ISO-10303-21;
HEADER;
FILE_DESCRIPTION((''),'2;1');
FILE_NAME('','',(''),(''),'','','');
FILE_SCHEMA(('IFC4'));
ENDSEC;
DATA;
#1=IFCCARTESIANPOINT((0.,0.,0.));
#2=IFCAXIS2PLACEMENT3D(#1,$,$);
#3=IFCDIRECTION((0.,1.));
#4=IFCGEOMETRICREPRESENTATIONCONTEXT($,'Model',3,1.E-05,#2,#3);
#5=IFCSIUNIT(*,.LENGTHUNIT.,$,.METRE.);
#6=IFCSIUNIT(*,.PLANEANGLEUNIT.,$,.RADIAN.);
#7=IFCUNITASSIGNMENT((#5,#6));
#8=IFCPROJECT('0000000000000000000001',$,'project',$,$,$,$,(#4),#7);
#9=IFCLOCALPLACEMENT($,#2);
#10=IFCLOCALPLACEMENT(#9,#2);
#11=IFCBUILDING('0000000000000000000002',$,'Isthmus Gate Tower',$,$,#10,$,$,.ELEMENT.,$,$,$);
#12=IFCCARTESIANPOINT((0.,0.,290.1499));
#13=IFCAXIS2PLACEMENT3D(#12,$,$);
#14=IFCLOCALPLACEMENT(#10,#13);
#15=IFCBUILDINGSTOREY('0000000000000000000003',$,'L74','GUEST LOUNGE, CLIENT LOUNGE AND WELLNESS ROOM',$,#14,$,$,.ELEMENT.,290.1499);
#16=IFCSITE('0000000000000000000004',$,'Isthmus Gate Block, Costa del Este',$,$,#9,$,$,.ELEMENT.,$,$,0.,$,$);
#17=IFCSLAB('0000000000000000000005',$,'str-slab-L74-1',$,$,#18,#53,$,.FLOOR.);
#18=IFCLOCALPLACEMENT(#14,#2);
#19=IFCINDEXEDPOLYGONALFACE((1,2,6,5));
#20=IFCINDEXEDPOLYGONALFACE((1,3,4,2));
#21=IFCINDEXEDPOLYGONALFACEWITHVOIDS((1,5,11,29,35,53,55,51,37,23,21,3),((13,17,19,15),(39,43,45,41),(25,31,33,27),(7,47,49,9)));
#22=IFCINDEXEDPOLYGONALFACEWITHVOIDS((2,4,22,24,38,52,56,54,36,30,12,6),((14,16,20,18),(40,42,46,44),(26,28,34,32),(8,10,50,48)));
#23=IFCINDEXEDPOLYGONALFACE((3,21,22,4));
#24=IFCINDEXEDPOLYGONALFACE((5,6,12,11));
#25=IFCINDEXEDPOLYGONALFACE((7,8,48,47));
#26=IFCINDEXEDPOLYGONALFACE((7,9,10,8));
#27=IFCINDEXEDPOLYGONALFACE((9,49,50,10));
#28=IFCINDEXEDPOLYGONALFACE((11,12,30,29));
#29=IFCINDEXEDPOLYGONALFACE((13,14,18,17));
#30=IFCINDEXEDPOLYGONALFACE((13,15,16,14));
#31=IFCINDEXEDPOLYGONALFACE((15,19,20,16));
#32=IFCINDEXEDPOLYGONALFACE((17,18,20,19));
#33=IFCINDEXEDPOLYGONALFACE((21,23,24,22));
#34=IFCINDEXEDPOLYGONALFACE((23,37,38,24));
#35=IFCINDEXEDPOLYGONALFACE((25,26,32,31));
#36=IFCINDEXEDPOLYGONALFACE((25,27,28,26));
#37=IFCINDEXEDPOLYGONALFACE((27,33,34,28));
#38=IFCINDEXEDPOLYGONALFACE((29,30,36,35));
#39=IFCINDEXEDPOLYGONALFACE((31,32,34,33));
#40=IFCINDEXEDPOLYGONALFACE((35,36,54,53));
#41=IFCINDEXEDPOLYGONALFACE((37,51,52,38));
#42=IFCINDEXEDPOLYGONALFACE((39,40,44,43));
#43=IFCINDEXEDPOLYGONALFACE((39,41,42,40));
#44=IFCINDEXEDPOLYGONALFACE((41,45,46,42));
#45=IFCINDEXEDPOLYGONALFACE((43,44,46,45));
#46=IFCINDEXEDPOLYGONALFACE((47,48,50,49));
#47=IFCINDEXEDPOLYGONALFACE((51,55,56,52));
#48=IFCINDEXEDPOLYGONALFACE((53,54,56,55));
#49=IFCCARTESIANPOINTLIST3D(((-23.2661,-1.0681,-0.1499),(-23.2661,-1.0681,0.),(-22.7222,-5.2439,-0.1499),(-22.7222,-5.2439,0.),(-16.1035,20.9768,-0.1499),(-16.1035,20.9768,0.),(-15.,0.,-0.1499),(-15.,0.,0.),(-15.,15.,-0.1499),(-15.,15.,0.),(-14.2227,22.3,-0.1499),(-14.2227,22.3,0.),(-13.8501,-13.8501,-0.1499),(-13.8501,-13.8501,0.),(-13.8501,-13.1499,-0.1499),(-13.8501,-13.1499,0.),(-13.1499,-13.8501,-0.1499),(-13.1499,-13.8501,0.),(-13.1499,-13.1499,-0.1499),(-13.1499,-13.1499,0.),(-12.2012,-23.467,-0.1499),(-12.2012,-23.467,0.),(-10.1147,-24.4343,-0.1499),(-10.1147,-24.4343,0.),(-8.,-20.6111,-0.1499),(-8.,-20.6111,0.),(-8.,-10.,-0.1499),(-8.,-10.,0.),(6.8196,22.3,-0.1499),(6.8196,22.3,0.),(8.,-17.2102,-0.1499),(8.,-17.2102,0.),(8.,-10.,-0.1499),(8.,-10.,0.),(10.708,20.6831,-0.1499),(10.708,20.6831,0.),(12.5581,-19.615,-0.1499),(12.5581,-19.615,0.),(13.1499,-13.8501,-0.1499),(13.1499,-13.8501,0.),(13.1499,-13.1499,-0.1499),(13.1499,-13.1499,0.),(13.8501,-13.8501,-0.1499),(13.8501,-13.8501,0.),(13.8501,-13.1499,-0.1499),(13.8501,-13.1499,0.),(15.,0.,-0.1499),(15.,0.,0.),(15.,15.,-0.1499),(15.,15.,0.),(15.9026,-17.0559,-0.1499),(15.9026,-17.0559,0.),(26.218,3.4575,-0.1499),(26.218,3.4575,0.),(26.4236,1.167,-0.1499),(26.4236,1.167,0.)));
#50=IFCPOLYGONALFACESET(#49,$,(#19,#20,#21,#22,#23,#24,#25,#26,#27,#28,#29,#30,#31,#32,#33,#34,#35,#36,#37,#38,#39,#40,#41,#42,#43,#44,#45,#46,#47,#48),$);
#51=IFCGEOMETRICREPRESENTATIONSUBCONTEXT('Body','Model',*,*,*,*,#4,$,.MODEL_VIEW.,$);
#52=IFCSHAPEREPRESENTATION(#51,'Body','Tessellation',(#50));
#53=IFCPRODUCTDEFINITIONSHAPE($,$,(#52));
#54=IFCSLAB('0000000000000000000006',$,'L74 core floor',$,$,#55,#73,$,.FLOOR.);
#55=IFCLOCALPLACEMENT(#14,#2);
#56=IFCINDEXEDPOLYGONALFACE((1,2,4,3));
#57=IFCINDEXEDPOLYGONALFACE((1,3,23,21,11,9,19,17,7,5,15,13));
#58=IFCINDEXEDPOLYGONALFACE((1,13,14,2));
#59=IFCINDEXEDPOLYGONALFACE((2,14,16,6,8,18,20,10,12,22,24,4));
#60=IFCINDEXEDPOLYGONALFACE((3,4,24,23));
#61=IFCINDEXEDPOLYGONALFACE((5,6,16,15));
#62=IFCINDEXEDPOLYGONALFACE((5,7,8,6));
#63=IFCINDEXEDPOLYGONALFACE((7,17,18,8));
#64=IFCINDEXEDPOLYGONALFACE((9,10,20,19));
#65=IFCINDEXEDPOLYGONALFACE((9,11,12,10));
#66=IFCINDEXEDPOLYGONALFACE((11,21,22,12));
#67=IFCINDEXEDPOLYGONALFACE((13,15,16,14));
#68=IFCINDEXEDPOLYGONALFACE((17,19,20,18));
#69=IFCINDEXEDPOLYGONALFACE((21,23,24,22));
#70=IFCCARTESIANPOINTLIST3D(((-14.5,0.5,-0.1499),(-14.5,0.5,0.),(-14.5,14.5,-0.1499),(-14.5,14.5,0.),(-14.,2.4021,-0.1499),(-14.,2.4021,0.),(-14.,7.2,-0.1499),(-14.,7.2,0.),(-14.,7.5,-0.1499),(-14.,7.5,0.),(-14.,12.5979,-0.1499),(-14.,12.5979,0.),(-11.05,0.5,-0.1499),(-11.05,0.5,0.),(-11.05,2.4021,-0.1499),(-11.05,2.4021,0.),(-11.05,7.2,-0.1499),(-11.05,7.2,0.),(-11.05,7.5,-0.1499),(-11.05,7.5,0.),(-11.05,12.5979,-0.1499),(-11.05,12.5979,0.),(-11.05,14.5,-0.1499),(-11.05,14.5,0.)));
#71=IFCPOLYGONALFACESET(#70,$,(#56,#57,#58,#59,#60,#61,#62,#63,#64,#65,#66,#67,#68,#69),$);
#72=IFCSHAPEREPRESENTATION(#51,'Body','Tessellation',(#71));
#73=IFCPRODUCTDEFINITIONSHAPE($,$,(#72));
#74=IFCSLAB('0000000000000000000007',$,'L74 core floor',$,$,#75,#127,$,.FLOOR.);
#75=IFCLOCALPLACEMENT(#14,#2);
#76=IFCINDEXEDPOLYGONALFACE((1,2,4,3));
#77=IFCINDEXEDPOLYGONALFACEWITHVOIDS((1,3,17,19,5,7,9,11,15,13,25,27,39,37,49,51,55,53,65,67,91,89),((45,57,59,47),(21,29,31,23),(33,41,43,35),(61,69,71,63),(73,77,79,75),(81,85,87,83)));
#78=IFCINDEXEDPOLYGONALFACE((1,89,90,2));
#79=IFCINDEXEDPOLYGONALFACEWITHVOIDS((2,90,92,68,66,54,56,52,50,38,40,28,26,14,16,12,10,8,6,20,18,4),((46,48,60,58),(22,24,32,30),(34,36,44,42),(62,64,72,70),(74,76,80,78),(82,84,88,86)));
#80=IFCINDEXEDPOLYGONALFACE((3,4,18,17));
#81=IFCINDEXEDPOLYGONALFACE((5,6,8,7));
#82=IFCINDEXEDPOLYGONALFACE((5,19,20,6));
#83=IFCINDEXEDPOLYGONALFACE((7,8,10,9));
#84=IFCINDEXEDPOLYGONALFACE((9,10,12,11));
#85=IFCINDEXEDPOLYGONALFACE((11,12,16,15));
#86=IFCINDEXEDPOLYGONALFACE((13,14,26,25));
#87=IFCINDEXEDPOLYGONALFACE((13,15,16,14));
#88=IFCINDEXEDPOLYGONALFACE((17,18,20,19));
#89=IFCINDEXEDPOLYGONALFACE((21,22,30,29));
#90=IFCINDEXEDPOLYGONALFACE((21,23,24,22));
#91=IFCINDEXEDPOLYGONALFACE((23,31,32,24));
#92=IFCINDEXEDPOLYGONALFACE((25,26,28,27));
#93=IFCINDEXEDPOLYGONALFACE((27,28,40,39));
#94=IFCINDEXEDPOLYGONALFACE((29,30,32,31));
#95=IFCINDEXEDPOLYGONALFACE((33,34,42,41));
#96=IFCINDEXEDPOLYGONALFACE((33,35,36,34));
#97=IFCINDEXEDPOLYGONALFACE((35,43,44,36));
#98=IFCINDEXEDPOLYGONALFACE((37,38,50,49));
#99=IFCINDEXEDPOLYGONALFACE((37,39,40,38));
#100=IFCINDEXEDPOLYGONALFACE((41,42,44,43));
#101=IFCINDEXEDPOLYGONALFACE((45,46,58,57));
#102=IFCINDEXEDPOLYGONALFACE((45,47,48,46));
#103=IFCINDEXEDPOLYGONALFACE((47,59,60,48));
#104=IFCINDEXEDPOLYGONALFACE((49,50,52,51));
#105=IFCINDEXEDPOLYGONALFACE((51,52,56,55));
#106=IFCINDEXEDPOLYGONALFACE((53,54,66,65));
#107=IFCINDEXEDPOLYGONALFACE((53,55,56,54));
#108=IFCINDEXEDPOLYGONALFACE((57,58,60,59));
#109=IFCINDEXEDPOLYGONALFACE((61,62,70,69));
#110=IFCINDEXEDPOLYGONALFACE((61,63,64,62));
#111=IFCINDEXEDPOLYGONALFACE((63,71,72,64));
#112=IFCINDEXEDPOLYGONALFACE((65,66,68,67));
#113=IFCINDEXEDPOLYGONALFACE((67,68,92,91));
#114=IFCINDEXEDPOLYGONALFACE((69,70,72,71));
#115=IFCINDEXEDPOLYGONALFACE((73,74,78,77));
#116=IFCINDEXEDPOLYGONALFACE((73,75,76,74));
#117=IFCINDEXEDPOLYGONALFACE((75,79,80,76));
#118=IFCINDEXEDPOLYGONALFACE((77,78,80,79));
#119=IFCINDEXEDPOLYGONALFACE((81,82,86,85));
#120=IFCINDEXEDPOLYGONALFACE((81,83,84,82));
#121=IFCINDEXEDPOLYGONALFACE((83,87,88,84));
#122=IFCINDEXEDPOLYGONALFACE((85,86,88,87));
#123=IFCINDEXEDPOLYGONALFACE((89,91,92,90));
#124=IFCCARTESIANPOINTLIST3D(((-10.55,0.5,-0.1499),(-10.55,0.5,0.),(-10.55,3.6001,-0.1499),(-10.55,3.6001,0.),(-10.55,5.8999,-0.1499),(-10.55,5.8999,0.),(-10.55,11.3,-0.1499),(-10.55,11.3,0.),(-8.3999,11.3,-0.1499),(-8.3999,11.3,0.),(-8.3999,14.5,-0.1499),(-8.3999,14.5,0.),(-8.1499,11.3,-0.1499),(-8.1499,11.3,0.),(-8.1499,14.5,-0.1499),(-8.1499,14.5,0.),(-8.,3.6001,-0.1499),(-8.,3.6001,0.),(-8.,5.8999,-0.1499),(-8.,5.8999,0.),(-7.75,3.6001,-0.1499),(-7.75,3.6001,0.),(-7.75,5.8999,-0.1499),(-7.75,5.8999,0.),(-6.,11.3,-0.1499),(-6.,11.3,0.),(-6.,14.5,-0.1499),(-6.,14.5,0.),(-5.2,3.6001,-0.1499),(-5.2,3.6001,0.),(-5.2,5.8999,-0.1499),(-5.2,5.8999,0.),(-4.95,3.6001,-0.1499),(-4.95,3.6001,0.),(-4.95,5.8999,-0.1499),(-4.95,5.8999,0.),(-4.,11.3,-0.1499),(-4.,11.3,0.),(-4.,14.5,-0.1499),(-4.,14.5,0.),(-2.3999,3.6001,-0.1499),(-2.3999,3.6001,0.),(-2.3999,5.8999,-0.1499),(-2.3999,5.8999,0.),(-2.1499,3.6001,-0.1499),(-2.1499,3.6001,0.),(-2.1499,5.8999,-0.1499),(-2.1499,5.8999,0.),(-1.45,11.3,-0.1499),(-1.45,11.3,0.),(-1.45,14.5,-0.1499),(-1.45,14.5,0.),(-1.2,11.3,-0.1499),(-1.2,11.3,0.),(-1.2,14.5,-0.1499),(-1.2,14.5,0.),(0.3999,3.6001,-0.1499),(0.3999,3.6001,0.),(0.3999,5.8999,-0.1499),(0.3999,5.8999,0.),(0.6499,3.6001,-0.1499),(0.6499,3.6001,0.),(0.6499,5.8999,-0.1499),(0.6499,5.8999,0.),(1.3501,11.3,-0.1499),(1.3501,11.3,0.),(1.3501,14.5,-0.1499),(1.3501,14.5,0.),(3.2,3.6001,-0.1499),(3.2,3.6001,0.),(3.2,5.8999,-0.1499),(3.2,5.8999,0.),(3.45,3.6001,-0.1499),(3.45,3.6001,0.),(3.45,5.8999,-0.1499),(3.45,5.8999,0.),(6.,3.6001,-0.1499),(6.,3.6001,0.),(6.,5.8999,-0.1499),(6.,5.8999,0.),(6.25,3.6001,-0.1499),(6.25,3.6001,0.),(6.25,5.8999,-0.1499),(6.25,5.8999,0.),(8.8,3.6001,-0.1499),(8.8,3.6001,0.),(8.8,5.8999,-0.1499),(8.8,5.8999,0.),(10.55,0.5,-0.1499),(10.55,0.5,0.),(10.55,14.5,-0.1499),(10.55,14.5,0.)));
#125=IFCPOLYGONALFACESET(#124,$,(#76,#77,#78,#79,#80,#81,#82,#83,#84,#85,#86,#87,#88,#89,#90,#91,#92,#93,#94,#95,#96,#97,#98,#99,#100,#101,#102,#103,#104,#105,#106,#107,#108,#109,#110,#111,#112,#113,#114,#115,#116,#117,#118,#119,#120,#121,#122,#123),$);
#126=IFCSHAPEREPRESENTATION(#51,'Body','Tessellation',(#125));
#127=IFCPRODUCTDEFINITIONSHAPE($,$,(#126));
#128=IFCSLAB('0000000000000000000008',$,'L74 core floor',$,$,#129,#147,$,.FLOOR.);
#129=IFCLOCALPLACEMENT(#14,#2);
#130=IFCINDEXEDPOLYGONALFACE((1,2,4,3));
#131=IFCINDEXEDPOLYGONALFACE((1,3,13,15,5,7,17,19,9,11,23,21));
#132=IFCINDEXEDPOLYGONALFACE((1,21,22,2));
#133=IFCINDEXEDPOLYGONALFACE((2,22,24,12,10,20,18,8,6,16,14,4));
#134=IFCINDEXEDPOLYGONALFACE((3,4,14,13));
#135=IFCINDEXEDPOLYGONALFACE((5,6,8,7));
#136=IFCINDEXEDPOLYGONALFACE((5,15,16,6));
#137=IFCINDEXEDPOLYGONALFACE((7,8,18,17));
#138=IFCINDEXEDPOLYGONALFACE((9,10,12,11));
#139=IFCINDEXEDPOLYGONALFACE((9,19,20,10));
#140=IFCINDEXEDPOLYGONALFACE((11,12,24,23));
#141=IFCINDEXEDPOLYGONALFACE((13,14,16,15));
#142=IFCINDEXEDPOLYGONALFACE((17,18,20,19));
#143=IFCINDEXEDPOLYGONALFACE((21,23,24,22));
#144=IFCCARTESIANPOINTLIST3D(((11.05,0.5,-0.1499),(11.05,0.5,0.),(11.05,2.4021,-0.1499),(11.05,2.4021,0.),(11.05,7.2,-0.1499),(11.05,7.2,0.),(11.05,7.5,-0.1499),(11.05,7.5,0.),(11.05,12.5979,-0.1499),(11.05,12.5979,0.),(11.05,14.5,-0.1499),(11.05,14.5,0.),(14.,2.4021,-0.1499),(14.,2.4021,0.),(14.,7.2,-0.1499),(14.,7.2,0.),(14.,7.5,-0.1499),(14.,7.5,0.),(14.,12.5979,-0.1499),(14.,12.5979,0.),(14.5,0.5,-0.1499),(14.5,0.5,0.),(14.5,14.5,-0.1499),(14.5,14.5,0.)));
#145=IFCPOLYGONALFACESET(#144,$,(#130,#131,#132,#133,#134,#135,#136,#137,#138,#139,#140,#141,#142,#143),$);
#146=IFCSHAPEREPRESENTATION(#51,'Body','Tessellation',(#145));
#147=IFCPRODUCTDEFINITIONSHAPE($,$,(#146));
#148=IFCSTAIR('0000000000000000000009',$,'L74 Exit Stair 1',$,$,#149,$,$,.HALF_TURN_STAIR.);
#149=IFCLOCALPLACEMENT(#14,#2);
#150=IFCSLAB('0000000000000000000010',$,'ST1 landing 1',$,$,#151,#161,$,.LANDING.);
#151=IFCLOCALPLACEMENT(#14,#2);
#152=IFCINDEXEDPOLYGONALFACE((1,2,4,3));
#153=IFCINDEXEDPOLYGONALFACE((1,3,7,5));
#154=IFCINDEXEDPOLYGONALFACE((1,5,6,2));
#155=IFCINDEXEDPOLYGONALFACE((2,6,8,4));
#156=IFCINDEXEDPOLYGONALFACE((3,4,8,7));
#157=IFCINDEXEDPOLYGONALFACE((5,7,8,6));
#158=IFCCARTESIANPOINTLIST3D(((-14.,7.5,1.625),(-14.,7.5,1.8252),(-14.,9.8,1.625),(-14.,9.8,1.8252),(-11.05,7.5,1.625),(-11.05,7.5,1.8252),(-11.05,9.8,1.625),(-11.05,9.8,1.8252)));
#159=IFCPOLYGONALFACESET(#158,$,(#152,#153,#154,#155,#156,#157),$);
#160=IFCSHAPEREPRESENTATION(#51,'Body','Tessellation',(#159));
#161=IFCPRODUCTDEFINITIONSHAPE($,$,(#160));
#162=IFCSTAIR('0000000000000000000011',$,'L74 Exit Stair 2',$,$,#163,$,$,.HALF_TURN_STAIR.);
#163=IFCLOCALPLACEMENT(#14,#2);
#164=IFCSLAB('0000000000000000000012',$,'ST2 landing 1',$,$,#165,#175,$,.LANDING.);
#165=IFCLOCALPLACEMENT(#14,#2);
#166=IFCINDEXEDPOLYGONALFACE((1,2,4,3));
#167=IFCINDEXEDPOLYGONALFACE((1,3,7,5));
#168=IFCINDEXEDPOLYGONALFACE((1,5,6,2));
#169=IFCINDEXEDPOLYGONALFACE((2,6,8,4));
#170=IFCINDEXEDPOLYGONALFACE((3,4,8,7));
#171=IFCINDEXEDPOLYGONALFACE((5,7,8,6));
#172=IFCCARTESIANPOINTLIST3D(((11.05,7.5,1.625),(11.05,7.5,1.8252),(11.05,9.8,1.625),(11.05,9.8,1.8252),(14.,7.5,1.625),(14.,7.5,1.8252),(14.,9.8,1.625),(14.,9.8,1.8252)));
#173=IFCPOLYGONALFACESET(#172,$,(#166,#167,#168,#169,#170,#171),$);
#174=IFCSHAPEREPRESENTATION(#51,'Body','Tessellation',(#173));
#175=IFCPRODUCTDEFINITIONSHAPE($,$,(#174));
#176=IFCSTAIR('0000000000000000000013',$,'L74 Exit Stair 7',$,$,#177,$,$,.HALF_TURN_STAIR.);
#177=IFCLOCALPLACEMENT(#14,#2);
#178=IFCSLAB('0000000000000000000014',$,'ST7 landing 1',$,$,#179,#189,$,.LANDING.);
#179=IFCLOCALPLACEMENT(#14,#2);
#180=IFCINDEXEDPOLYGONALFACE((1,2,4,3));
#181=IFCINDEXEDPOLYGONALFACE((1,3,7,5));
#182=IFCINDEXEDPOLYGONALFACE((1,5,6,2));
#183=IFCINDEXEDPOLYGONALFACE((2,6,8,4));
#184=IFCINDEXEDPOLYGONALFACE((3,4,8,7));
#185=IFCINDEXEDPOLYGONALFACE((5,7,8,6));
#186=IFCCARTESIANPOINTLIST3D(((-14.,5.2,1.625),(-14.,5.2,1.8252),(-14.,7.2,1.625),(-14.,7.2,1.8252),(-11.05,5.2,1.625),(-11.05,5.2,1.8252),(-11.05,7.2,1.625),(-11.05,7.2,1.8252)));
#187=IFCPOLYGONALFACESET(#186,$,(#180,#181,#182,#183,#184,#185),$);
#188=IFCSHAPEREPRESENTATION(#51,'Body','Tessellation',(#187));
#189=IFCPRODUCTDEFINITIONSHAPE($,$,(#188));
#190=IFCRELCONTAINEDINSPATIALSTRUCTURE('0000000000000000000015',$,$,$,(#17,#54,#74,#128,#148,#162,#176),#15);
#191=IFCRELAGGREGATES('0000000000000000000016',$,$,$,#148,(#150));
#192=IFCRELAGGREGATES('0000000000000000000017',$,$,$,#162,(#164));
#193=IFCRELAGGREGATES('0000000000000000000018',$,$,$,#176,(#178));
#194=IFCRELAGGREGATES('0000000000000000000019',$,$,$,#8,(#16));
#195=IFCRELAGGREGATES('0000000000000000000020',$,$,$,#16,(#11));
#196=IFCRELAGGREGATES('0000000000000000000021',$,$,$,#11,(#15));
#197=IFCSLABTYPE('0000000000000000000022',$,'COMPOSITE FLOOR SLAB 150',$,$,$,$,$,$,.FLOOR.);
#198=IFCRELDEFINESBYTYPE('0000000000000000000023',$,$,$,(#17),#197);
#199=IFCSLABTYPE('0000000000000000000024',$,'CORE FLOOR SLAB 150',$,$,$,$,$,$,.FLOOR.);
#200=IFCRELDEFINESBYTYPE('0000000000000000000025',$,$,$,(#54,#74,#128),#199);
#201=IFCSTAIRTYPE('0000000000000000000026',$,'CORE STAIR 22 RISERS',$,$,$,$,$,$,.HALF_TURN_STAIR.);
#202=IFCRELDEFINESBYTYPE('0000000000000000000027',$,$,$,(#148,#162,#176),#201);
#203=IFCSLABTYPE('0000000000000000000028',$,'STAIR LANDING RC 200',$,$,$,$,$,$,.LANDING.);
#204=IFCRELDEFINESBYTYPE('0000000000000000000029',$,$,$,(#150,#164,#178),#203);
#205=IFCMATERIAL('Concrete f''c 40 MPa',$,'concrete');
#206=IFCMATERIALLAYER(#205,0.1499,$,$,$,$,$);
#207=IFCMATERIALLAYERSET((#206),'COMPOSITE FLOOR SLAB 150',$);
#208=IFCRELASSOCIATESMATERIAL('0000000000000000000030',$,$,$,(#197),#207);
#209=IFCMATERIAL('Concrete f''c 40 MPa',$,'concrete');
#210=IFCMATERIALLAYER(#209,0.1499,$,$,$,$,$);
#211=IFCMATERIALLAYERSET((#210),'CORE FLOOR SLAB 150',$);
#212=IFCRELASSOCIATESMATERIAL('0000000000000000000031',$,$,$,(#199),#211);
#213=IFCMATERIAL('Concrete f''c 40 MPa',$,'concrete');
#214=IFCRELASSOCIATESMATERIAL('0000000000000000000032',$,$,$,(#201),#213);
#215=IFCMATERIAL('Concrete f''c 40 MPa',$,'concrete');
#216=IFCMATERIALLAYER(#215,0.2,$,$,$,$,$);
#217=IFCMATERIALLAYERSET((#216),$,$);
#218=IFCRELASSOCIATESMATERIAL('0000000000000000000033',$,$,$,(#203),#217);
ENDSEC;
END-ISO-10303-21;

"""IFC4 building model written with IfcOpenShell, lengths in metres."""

from ifc_helpers import new_model, si_unit, direction, frame, origin, place, context, subcontext, project, spatial, polyline, outline, extrude, material, layer, layer_set, type_object, element, aggregate, save


model = new_model("IFC4")

# Units and contexts
model_context = context("Model", 3, precision=1e-05, world=origin(), true_north=direction((0.0, 1.0)))
body_context = subcontext(model_context, "Body", "Model", "MODEL_VIEW")
ifc_project = project(units=[si_unit("LENGTHUNIT", "METRE"), si_unit("PLANEANGLEUNIT", "RADIAN")], contexts=[model_context])

# Site, building, storey
site_placement = place(None, origin())
site = spatial("IfcSite", under=ifc_project, at=site_placement, Name="Isthmus Gate Block, Costa del Este", CompositionType="ELEMENT", RefElevation=0.0)
building_placement = place(site_placement, origin())
building = spatial("IfcBuilding", under=site, at=building_placement, Name="Isthmus Gate Tower", CompositionType="ELEMENT")
storey_placement = place(building_placement, frame((0.0, 0.0, 290.1499)))
storey = spatial("IfcBuildingStorey", under=building, at=storey_placement, Name="L74", Description="GUEST LOUNGE, CLIENT LOUNGE AND WELLNESS ROOM", CompositionType="ELEMENT", Elevation=290.1499)

# Slabs
ifc_material_1 = material(Name="Concrete f'c 40 MPa", Category="concrete")
ifc_layer_1 = layer(ifc_material_1, 0.1499)
ifc_layer_set_1 = layer_set([ifc_layer_1], Name="COMPOSITE FLOOR SLAB 150")
slab_type_1 = type_object("IfcSlabType", Name="COMPOSITE FLOOR SLAB 150", PredefinedType="FLOOR", material=ifc_layer_set_1)
slab_1_placement = place(storey_placement, frame((0.0, 0.0, -0.1499)))
element("IfcSlab", 1, at=slab_1_placement, inside=storey, type_object=slab_type_1, Name="str-slab-L74-1", PredefinedType="FLOOR", context=body_context, shape_type="SweptSolid", body=[
    extrude(outline(polyline([(10.708, 20.6831), (26.218, 3.4575), (26.4236, 1.167), (15.9026, -17.0559), (12.5581, -19.615), (-10.1147, -24.4343), (-12.2012, -23.467), (-22.7222, -5.2439), (-23.2661, -1.0681), (-16.1035, 20.9768), (-14.2227, 22.3), (6.8196, 22.3), (10.708, 20.6831)]), holes=[polyline([(-8.0, -10.0), (-8.0, -20.6111), (8.0, -17.2102), (8.0, -10.0), (-8.0, -10.0)]), polyline([(-13.8501, -13.1499), (-13.8501, -13.8501), (-13.1499, -13.8501), (-13.1499, -13.1499), (-13.8501, -13.1499)]), polyline([(13.1499, -13.1499), (13.1499, -13.8501), (13.8501, -13.8501), (13.8501, -13.1499), (13.1499, -13.1499)]), polyline([(-15.0, 0.0), (15.0, 0.0), (15.0, 15.0), (-15.0, 15.0), (-15.0, 0.0)])]), origin(), (0.0, 0.0, 1.0), 0.1499),
])
ifc_material_2 = material(Name="Concrete f'c 40 MPa", Category="concrete")
ifc_layer_2 = layer(ifc_material_2, 0.1499)
ifc_layer_set_2 = layer_set([ifc_layer_2], Name="CORE FLOOR SLAB 150")
slab_type_2 = type_object("IfcSlabType", Name="CORE FLOOR SLAB 150", PredefinedType="FLOOR", material=ifc_layer_set_2)
slab_2_placement = place(storey_placement, frame((0.0, 0.0, -0.1499)))
element("IfcSlab", 2, at=slab_2_placement, inside=storey, type_object=slab_type_2, Name="L74 core floor", PredefinedType="FLOOR", context=body_context, shape_type="SweptSolid", body=[
    extrude(outline(polyline([(-11.05, 0.5), (-11.05, 2.4021), (-14.0, 2.4021), (-14.0, 7.2), (-11.05, 7.2), (-11.05, 7.5), (-14.0, 7.5), (-14.0, 12.5979), (-11.05, 12.5979), (-11.05, 14.5), (-14.5, 14.5), (-14.5, 0.5), (-11.05, 0.5)])), origin(), (0.0, 0.0, 1.0), 0.1499),
])
slab_3_placement = place(storey_placement, frame((0.0, 0.0, -0.1499)))
element("IfcSlab", 3, at=slab_3_placement, inside=storey, type_object=slab_type_2, Name="L74 core floor", PredefinedType="FLOOR", context=body_context, shape_type="SweptSolid", body=[
    extrude(outline(polyline([(10.55, 14.5), (1.3501, 14.5), (1.3501, 11.3), (-1.2, 11.3), (-1.2, 14.5), (-1.45, 14.5), (-1.45, 11.3), (-4.0, 11.3), (-4.0, 14.5), (-6.0, 14.5), (-6.0, 11.3), (-8.1499, 11.3), (-8.1499, 14.5), (-8.3999, 14.5), (-8.3999, 11.3), (-10.55, 11.3), (-10.55, 5.8999), (-8.0, 5.8999), (-8.0, 3.6001), (-10.55, 3.6001), (-10.55, 0.5), (10.55, 0.5), (10.55, 14.5)]), holes=[polyline([(-5.2, 5.8999), (-5.2, 3.6001), (-7.75, 3.6001), (-7.75, 5.8999), (-5.2, 5.8999)]), polyline([(-2.3999, 5.8999), (-2.3999, 3.6001), (-4.95, 3.6001), (-4.95, 5.8999), (-2.3999, 5.8999)]), polyline([(0.3999, 5.8999), (0.3999, 3.6001), (-2.1499, 3.6001), (-2.1499, 5.8999), (0.3999, 5.8999)]), polyline([(3.2, 5.8999), (3.2, 3.6001), (0.6499, 3.6001), (0.6499, 5.8999), (3.2, 5.8999)]), polyline([(6.0, 5.8999), (6.0, 3.6001), (3.45, 3.6001), (3.45, 5.8999), (6.0, 5.8999)]), polyline([(8.8, 5.8999), (8.8, 3.6001), (6.25, 3.6001), (6.25, 5.8999), (8.8, 5.8999)])]), origin(), (0.0, 0.0, 1.0), 0.1499),
])
slab_4_placement = place(storey_placement, frame((0.0, 0.0, -0.1499)))
element("IfcSlab", 4, at=slab_4_placement, inside=storey, type_object=slab_type_2, Name="L74 core floor", PredefinedType="FLOOR", context=body_context, shape_type="SweptSolid", body=[
    extrude(outline(polyline([(11.05, 14.5), (11.05, 12.5979), (14.0, 12.5979), (14.0, 7.5), (11.05, 7.5), (11.05, 7.2), (14.0, 7.2), (14.0, 2.4021), (11.05, 2.4021), (11.05, 0.5), (14.5, 0.5), (14.5, 14.5), (11.05, 14.5)])), origin(), (0.0, 0.0, 1.0), 0.1499),
])

# Stairs, slabs
ifc_material_3 = material(Name="Concrete f'c 40 MPa", Category="concrete")
stair_type = type_object("IfcStairType", Name="CORE STAIR 22 RISERS", PredefinedType="HALF_TURN_STAIR", material=ifc_material_3)
stair_1_placement = place(storey_placement, origin())
stair_1 = element("IfcStair", 5, at=stair_1_placement, inside=storey, type_object=stair_type, Name="L74 Exit Stair 1", PredefinedType="HALF_TURN_STAIR")
ifc_material_4 = material(Name="Concrete f'c 40 MPa", Category="concrete")
ifc_layer_3 = layer(ifc_material_4, 0.2)
ifc_layer_set_3 = layer_set([ifc_layer_3])
slab_type_3 = type_object("IfcSlabType", Name="STAIR LANDING RC 200", PredefinedType="LANDING", material=ifc_layer_set_3)
slab_5_placement = place(storey_placement, frame((0.0, 0.0, 1.625)))
slab_5 = element("IfcSlab", 6, at=slab_5_placement, type_object=slab_type_3, Name="ST1 landing 1", PredefinedType="LANDING", context=body_context, shape_type="SweptSolid", body=[
    extrude(outline(polyline([(-14.0, 9.8), (-14.0, 7.5), (-11.05, 7.5), (-11.05, 9.8), (-14.0, 9.8)])), origin(), (0.0, 0.0, 1.0), 0.2002),
])
aggregate(stair_1, [slab_5])
stair_2_placement = place(storey_placement, origin())
stair_2 = element("IfcStair", 7, at=stair_2_placement, inside=storey, type_object=stair_type, Name="L74 Exit Stair 2", PredefinedType="HALF_TURN_STAIR")
slab_6_placement = place(storey_placement, frame((0.0, 0.0, 1.625)))
slab_6 = element("IfcSlab", 8, at=slab_6_placement, type_object=slab_type_3, Name="ST2 landing 1", PredefinedType="LANDING", context=body_context, shape_type="SweptSolid", body=[
    extrude(outline(polyline([(11.05, 9.8), (11.05, 7.5), (14.0, 7.5), (14.0, 9.8), (11.05, 9.8)])), origin(), (0.0, 0.0, 1.0), 0.2002),
])
aggregate(stair_2, [slab_6])
stair_3_placement = place(storey_placement, origin())
stair_3 = element("IfcStair", 9, at=stair_3_placement, inside=storey, type_object=stair_type, Name="L74 Exit Stair 7", PredefinedType="HALF_TURN_STAIR")
slab_7_placement = place(storey_placement, frame((0.0, 0.0, 1.625)))
slab_7 = element("IfcSlab", 10, at=slab_7_placement, type_object=slab_type_3, Name="ST7 landing 1", PredefinedType="LANDING", context=body_context, shape_type="SweptSolid", body=[
    extrude(outline(polyline([(-11.05, 5.2), (-11.05, 7.2), (-14.0, 7.2), (-14.0, 5.2), (-11.05, 5.2)])), origin(), (0.0, 0.0, 1.0), 0.2002),
])
aggregate(stair_3, [slab_7])

save(model, "model.ifc")
